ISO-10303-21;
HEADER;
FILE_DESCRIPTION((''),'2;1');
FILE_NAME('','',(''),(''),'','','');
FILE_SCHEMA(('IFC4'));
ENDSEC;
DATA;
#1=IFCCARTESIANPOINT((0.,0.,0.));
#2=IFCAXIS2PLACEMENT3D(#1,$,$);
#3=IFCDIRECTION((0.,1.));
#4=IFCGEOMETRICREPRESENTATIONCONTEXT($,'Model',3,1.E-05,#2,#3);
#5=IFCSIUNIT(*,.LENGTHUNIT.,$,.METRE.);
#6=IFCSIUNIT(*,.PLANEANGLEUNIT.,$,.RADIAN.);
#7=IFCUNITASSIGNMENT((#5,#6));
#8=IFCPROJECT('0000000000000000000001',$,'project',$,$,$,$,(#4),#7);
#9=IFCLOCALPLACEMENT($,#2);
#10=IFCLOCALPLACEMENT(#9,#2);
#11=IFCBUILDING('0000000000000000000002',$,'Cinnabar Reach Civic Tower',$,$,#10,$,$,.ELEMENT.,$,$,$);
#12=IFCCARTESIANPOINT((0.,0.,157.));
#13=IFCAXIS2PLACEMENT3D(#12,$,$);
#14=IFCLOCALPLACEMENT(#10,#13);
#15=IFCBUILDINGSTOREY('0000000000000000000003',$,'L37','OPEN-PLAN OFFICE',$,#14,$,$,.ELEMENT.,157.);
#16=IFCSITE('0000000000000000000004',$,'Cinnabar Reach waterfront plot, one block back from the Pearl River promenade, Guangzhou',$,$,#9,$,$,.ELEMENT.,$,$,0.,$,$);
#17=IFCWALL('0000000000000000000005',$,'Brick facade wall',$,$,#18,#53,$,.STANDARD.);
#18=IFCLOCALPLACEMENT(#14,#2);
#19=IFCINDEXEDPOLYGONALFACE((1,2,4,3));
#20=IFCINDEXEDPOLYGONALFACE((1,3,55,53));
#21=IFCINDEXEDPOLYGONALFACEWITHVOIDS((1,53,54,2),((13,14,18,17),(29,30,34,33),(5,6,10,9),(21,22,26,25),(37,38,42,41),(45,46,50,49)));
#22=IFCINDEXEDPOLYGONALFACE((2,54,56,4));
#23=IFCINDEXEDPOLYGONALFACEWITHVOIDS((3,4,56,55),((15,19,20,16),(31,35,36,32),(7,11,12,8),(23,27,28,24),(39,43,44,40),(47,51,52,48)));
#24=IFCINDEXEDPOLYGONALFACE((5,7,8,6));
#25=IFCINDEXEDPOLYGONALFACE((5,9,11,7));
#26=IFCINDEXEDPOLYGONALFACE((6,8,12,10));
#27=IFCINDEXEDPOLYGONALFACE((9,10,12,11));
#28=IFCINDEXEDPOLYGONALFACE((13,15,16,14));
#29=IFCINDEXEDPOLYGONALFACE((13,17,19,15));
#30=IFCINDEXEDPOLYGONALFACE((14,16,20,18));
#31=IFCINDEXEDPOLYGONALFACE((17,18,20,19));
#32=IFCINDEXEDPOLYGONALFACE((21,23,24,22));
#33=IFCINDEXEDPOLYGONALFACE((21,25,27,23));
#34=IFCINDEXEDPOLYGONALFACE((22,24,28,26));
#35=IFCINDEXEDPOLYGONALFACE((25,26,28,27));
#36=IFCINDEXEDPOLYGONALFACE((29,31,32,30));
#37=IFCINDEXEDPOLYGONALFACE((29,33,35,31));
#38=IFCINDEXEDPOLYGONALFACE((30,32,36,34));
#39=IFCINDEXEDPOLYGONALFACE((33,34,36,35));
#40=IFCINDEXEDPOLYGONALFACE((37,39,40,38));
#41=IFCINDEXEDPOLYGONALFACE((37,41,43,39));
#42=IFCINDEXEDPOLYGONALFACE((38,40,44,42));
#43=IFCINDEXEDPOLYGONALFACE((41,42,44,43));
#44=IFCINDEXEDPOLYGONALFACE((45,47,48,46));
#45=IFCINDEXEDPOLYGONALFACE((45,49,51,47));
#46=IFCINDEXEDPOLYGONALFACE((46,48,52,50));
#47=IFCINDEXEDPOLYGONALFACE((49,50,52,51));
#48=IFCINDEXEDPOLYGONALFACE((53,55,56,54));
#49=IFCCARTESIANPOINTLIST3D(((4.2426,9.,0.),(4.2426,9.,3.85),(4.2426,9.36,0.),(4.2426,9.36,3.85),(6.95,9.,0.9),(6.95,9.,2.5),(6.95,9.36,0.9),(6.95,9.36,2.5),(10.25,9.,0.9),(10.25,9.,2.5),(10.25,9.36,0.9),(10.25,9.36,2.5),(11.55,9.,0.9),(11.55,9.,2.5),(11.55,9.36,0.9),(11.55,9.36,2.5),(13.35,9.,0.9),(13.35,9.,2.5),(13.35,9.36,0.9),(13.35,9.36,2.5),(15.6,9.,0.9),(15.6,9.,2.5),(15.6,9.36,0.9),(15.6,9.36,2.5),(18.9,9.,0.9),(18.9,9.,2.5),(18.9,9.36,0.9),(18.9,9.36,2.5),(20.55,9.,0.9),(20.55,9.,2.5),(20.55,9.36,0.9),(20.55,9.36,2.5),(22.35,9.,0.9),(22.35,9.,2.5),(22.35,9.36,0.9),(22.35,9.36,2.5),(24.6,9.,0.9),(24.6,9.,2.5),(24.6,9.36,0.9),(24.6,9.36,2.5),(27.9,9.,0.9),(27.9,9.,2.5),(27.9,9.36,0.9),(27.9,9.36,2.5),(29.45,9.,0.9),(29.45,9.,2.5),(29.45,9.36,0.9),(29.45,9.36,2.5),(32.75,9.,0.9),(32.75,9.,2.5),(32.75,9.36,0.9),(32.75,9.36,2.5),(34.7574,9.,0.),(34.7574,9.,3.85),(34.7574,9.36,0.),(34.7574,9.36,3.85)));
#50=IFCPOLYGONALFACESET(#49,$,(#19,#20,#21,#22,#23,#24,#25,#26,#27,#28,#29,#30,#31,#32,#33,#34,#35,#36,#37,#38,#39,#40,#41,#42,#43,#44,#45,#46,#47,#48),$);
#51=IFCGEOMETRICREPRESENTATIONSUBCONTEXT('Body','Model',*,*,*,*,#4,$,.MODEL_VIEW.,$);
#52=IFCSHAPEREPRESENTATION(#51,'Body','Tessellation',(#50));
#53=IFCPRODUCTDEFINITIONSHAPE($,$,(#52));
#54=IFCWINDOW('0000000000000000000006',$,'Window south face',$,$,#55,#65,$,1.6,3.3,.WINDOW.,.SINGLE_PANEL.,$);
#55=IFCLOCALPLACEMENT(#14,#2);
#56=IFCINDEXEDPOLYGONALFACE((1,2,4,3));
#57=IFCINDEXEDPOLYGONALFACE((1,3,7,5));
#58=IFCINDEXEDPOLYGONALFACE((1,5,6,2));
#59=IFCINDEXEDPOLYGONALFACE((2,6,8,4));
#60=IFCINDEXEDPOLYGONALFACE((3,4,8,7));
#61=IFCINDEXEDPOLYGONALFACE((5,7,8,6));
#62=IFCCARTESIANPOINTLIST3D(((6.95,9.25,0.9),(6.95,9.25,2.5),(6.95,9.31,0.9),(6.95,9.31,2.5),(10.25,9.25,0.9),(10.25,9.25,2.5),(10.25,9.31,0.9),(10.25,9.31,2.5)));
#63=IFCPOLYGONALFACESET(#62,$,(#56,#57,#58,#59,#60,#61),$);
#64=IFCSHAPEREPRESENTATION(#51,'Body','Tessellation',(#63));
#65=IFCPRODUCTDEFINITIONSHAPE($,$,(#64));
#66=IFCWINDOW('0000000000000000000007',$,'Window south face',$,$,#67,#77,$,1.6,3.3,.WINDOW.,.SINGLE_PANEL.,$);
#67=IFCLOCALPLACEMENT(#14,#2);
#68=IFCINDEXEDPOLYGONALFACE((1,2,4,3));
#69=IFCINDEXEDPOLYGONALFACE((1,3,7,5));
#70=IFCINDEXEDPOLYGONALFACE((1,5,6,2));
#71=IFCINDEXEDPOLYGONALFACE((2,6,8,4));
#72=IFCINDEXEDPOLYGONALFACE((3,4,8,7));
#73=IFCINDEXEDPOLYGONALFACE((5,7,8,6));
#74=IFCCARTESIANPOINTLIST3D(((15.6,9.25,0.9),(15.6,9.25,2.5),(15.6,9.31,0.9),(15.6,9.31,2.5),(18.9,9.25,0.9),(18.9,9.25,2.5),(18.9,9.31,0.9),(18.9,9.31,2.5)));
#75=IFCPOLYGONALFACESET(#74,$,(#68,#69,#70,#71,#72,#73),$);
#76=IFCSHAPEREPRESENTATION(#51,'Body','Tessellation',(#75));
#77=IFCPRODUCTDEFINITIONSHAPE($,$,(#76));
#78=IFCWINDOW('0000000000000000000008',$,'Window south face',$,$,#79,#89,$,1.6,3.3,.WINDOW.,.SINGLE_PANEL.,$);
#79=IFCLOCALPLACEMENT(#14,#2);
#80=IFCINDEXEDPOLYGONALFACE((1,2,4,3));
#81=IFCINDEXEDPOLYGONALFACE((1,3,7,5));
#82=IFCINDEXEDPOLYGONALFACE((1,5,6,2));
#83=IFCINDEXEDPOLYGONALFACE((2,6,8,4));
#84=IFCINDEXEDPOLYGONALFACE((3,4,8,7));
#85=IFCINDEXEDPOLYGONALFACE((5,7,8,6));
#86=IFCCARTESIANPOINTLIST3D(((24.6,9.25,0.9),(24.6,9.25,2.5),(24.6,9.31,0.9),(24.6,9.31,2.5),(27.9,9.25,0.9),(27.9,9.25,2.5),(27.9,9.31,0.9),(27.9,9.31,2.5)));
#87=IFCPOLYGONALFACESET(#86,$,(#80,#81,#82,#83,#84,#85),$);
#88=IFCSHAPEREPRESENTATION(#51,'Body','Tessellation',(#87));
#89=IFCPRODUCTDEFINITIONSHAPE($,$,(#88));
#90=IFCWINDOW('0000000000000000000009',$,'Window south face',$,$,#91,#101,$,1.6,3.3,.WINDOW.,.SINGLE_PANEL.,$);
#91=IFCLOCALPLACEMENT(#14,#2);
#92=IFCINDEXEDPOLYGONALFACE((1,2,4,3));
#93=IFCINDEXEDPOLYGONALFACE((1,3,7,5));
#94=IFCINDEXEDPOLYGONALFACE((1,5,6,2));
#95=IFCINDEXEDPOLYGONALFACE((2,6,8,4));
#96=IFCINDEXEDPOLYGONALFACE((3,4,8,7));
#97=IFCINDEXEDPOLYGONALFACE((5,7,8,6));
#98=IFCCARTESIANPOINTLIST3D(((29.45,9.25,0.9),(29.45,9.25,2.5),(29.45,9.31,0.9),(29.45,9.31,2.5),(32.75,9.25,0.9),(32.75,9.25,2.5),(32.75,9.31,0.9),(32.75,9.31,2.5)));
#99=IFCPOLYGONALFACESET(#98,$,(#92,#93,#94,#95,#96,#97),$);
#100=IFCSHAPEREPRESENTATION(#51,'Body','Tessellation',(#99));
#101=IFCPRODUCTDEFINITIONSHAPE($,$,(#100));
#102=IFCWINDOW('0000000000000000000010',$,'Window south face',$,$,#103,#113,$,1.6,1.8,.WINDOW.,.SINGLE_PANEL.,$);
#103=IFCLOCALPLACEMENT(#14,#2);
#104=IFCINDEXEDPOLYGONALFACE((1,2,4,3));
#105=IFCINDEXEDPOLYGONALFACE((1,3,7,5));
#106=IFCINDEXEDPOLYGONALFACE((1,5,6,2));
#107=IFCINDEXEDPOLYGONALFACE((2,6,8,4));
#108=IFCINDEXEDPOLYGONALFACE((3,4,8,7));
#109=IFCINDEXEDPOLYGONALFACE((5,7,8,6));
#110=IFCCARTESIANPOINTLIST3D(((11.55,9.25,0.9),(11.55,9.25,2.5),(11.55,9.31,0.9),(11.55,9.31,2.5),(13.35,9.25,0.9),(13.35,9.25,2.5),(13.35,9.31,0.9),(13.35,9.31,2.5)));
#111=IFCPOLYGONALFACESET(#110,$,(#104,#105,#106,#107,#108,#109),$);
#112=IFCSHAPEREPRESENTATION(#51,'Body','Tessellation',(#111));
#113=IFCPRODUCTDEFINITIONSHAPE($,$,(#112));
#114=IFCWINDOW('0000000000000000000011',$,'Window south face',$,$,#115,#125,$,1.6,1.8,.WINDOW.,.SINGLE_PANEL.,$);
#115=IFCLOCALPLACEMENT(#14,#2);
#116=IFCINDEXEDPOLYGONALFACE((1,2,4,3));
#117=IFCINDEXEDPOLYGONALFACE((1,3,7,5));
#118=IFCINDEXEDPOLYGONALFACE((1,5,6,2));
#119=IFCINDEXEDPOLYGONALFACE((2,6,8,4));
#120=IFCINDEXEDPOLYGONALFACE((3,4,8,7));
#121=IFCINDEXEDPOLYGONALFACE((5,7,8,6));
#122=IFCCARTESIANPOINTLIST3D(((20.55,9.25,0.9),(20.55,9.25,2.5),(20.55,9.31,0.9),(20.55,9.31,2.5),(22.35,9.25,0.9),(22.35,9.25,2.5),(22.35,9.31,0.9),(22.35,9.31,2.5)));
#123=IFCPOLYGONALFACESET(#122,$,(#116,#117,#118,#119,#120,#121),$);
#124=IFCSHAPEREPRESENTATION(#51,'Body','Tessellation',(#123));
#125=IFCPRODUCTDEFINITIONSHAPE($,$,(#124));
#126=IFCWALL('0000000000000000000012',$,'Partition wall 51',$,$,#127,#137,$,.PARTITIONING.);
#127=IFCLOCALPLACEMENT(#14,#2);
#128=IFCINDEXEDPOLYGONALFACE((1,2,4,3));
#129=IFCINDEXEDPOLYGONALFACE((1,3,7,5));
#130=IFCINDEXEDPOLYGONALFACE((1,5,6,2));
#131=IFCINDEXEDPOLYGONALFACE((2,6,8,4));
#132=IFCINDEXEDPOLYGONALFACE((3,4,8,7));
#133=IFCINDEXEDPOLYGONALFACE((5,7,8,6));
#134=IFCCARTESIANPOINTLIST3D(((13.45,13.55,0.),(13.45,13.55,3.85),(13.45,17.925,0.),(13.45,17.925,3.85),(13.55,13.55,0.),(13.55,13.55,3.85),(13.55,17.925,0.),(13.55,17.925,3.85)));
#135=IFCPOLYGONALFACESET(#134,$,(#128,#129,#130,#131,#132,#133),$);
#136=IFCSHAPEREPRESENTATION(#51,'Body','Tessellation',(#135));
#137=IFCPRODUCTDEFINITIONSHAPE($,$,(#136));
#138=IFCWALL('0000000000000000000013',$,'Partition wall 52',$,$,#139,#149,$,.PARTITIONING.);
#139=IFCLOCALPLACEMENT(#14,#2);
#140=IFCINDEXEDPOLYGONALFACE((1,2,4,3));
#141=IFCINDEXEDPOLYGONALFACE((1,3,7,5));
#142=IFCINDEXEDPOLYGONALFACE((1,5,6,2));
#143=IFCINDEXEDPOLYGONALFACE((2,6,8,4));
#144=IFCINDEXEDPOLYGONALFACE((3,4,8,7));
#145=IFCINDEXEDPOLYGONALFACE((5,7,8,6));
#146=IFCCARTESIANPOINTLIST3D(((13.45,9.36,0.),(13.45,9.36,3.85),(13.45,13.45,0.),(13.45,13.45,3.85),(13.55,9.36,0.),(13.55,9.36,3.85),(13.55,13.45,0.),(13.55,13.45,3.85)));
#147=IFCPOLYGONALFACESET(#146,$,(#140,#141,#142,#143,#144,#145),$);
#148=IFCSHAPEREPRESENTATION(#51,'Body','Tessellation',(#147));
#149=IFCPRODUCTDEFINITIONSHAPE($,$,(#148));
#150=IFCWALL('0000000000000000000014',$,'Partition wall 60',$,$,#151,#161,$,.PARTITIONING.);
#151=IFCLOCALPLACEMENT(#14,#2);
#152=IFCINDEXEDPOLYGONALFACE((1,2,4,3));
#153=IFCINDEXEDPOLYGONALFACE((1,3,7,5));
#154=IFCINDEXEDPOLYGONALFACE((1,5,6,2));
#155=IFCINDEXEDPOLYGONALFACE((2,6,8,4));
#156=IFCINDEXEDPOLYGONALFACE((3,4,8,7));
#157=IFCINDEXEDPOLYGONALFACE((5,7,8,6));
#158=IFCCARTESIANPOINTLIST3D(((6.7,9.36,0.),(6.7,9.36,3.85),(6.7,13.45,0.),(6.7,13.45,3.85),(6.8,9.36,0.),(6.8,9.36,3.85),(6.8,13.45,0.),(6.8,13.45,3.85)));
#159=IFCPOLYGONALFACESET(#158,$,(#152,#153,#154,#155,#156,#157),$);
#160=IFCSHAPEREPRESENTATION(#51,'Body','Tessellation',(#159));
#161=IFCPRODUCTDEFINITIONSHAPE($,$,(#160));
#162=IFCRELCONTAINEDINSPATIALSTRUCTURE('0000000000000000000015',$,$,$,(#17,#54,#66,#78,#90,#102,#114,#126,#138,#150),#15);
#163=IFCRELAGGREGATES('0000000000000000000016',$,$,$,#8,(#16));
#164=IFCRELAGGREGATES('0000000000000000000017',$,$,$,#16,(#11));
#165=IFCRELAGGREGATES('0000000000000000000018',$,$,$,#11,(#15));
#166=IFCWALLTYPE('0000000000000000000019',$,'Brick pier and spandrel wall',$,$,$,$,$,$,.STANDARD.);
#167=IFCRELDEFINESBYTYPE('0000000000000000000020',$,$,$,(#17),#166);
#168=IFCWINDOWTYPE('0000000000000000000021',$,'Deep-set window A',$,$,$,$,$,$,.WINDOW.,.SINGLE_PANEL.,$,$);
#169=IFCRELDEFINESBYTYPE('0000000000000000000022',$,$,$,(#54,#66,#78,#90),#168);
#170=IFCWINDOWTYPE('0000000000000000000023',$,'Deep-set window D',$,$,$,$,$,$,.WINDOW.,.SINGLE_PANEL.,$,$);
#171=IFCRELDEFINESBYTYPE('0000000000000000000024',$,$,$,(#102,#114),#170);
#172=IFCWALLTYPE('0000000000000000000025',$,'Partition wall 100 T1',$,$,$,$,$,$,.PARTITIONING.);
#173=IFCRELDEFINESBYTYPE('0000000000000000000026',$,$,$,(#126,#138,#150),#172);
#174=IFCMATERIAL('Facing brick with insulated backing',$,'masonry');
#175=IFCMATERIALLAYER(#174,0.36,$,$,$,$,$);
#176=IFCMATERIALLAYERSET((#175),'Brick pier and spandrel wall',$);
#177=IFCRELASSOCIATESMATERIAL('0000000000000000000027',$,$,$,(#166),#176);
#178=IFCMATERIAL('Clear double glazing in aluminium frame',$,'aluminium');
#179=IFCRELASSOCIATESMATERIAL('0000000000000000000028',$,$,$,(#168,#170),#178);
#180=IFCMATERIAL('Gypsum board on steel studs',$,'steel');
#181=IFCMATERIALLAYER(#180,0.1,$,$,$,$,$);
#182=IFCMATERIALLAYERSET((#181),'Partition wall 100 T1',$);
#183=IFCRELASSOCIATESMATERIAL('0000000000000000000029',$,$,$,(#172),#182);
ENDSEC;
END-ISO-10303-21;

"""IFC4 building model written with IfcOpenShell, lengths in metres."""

from ifc_helpers import new_model, si_unit, direction, frame, frame_2d, origin, place, context, subcontext, project, spatial, rectangle, extrude, material, layer, layer_set, type_object, element, fill, save


model = new_model("IFC4")

# Units and contexts
model_context = context("Model", 3, precision=1e-05, world=origin(), true_north=direction((0.0, 1.0)))
body_context = subcontext(model_context, "Body", "Model", "MODEL_VIEW")
ifc_project = project(units=[si_unit("LENGTHUNIT", "METRE"), si_unit("PLANEANGLEUNIT", "RADIAN")], contexts=[model_context])

# Site, building, storey
site_placement = place(None, origin())
site = spatial("IfcSite", under=ifc_project, at=site_placement, Name="Cinnabar Reach waterfront plot, one block back from the Pearl River promenade, Guangzhou", CompositionType="ELEMENT", RefElevation=0.0)
building_placement = place(site_placement, origin())
building = spatial("IfcBuilding", under=site, at=building_placement, Name="Cinnabar Reach Civic Tower", CompositionType="ELEMENT")
storey_placement = place(building_placement, frame((0.0, 0.0, 157.0)))
storey = spatial("IfcBuildingStorey", under=building, at=storey_placement, Name="L37", Description="OPEN-PLAN OFFICE", CompositionType="ELEMENT", Elevation=157.0)

# Shared definitions
ifc_material_1 = material(Name="Facing brick with insulated backing", Category="masonry")

# Wall, openings, windows
ifc_layer_1 = layer(ifc_material_1, 0.36)
ifc_layer_set_1 = layer_set([ifc_layer_1], Name="Brick pier and spandrel wall")
wall_type_1 = type_object("IfcWallType", Name="Brick pier and spandrel wall", PredefinedType="STANDARD", material=ifc_layer_set_1)
wall_1_placement = place(storey_placement, frame((4.2426, 9.18, 0.0), z_axis=(0.0, 0.0, 1.0), x_axis=(1.0, 0.0, 0.0)))
wall_1 = element("IfcWall", 1, at=wall_1_placement, inside=storey, type_object=wall_type_1, Name="Brick facade wall", PredefinedType="STANDARD", context=body_context, shape_type="SweptSolid", body=[
    extrude(rectangle(XDim=30.5148, YDim=0.36, at=frame_2d((15.2574, 0.0))), origin(), (0.0, 0.0, 1.0), 3.85),
])
opening_1_placement = place(wall_1_placement, frame((2.7074, 0.0, 0.9)))
opening_1 = element("IfcOpeningElement", 2, at=opening_1_placement, cuts=wall_1, PredefinedType="OPENING", context=body_context, shape_type="SweptSolid", body=[
    extrude(rectangle(XDim=3.3, YDim=1.6, at=frame_2d((1.65, 0.8))), frame((0.0, 0.19, 0.0), z_axis=(0.0, -1.0, 0.0), x_axis=(1.0, 0.0, 0.0)), (0.0, 0.0, 1.0), 0.38),
])
opening_2_placement = place(wall_1_placement, frame((7.3074, 0.0, 0.9)))
opening_2 = element("IfcOpeningElement", 3, at=opening_2_placement, cuts=wall_1, PredefinedType="OPENING", context=body_context, shape_type="SweptSolid", body=[
    extrude(rectangle(XDim=1.8, YDim=1.6, at=frame_2d((0.9, 0.8))), frame((0.0, 0.19, 0.0), z_axis=(0.0, -1.0, 0.0), x_axis=(1.0, 0.0, 0.0)), (0.0, 0.0, 1.0), 0.38),
])
opening_3_placement = place(wall_1_placement, frame((11.3574, 0.0, 0.9)))
opening_3 = element("IfcOpeningElement", 4, at=opening_3_placement, cuts=wall_1, PredefinedType="OPENING", context=body_context, shape_type="SweptSolid", body=[
    extrude(rectangle(XDim=3.3, YDim=1.6, at=frame_2d((1.65, 0.8))), frame((0.0, 0.19, 0.0), z_axis=(0.0, -1.0, 0.0), x_axis=(1.0, 0.0, 0.0)), (0.0, 0.0, 1.0), 0.38),
])
opening_4_placement = place(wall_1_placement, frame((16.3074, 0.0, 0.9)))
opening_4 = element("IfcOpeningElement", 5, at=opening_4_placement, cuts=wall_1, PredefinedType="OPENING", context=body_context, shape_type="SweptSolid", body=[
    extrude(rectangle(XDim=1.8, YDim=1.6, at=frame_2d((0.9, 0.8))), frame((0.0, 0.19, 0.0), z_axis=(0.0, -1.0, 0.0), x_axis=(1.0, 0.0, 0.0)), (0.0, 0.0, 1.0), 0.38),
])
opening_5_placement = place(wall_1_placement, frame((20.3574, 0.0, 0.9)))
opening_5 = element("IfcOpeningElement", 6, at=opening_5_placement, cuts=wall_1, PredefinedType="OPENING", context=body_context, shape_type="SweptSolid", body=[
    extrude(rectangle(XDim=3.3, YDim=1.6, at=frame_2d((1.65, 0.8))), frame((0.0, 0.19, 0.0), z_axis=(0.0, -1.0, 0.0), x_axis=(1.0, 0.0, 0.0)), (0.0, 0.0, 1.0), 0.38),
])
opening_6_placement = place(wall_1_placement, frame((25.2074, 0.0, 0.9)))
opening_6 = element("IfcOpeningElement", 7, at=opening_6_placement, cuts=wall_1, PredefinedType="OPENING", context=body_context, shape_type="SweptSolid", body=[
    extrude(rectangle(XDim=3.3, YDim=1.6, at=frame_2d((1.65, 0.8))), frame((0.0, 0.19, 0.0), z_axis=(0.0, -1.0, 0.0), x_axis=(1.0, 0.0, 0.0)), (0.0, 0.0, 1.0), 0.38),
])
ifc_material_2 = material(Name="Clear double glazing in aluminium frame", Category="aluminium")
window_type_1 = type_object("IfcWindowType", Name="Deep-set window A", PartitioningType="SINGLE_PANEL", PredefinedType="WINDOW", material=ifc_material_2)
window_1_placement = place(opening_1_placement, origin())
window_1 = element("IfcWindow", 8, at=window_1_placement, inside=storey, type_object=window_type_1, Name="Window south face", OverallHeight=1.6, OverallWidth=3.3, PartitioningType="SINGLE_PANEL", PredefinedType="WINDOW", context=body_context, shape_type="SweptSolid", body=[
    extrude(rectangle(XDim=3.3, YDim=1.6, at=frame_2d((1.65, 0.8))), frame((0.0, 0.13, 0.0), z_axis=(0.0, -1.0, 0.0), x_axis=(1.0, 0.0, 0.0)), (0.0, 0.0, 1.0), 0.06),
])
fill(opening_1, window_1)
window_2_placement = place(opening_3_placement, origin())
window_2 = element("IfcWindow", 9, at=window_2_placement, inside=storey, type_object=window_type_1, Name="Window south face", OverallHeight=1.6, OverallWidth=3.3, PartitioningType="SINGLE_PANEL", PredefinedType="WINDOW", context=body_context, shape_type="SweptSolid", body=[
    extrude(rectangle(XDim=3.3, YDim=1.6, at=frame_2d((1.65, 0.8))), frame((0.0, 0.13, 0.0), z_axis=(0.0, -1.0, 0.0), x_axis=(1.0, 0.0, 0.0)), (0.0, 0.0, 1.0), 0.06),
])
fill(opening_3, window_2)
window_3_placement = place(opening_5_placement, origin())
window_3 = element("IfcWindow", 10, at=window_3_placement, inside=storey, type_object=window_type_1, Name="Window south face", OverallHeight=1.6, OverallWidth=3.3, PartitioningType="SINGLE_PANEL", PredefinedType="WINDOW", context=body_context, shape_type="SweptSolid", body=[
    extrude(rectangle(XDim=3.3, YDim=1.6, at=frame_2d((1.65, 0.8))), frame((0.0, 0.13, 0.0), z_axis=(0.0, -1.0, 0.0), x_axis=(1.0, 0.0, 0.0)), (0.0, 0.0, 1.0), 0.06),
])
fill(opening_5, window_3)
window_4_placement = place(opening_6_placement, origin())
window_4 = element("IfcWindow", 11, at=window_4_placement, inside=storey, type_object=window_type_1, Name="Window south face", OverallHeight=1.6, OverallWidth=3.3, PartitioningType="SINGLE_PANEL", PredefinedType="WINDOW", context=body_context, shape_type="SweptSolid", body=[
    extrude(rectangle(XDim=3.3, YDim=1.6, at=frame_2d((1.65, 0.8))), frame((0.0, 0.13, 0.0), z_axis=(0.0, -1.0, 0.0), x_axis=(1.0, 0.0, 0.0)), (0.0, 0.0, 1.0), 0.06),
])
fill(opening_6, window_4)
window_type_2 = type_object("IfcWindowType", Name="Deep-set window D", PartitioningType="SINGLE_PANEL", PredefinedType="WINDOW", material=ifc_material_2)
window_5_placement = place(opening_2_placement, origin())
window_5 = element("IfcWindow", 12, at=window_5_placement, inside=storey, type_object=window_type_2, Name="Window south face", OverallHeight=1.6, OverallWidth=1.8, PartitioningType="SINGLE_PANEL", PredefinedType="WINDOW", context=body_context, shape_type="SweptSolid", body=[
    extrude(rectangle(XDim=1.8, YDim=1.6, at=frame_2d((0.9, 0.8))), frame((0.0, 0.13, 0.0), z_axis=(0.0, -1.0, 0.0), x_axis=(1.0, 0.0, 0.0)), (0.0, 0.0, 1.0), 0.06),
])
fill(opening_2, window_5)
window_6_placement = place(opening_4_placement, origin())
window_6 = element("IfcWindow", 13, at=window_6_placement, inside=storey, type_object=window_type_2, Name="Window south face", OverallHeight=1.6, OverallWidth=1.8, PartitioningType="SINGLE_PANEL", PredefinedType="WINDOW", context=body_context, shape_type="SweptSolid", body=[
    extrude(rectangle(XDim=1.8, YDim=1.6, at=frame_2d((0.9, 0.8))), frame((0.0, 0.13, 0.0), z_axis=(0.0, -1.0, 0.0), x_axis=(1.0, 0.0, 0.0)), (0.0, 0.0, 1.0), 0.06),
])
fill(opening_4, window_6)

# Walls
ifc_material_3 = material(Name="Gypsum board on steel studs", Category="steel")
ifc_layer_2 = layer(ifc_material_3, 0.1)
ifc_layer_set_2 = layer_set([ifc_layer_2], Name="Partition wall 100 T1")
wall_type_2 = type_object("IfcWallType", Name="Partition wall 100 T1", PredefinedType="PARTITIONING", material=ifc_layer_set_2)
wall_2_placement = place(storey_placement, frame((13.5, 13.55, 0.0), z_axis=(0.0, 0.0, 1.0), x_axis=(0.0, 1.0, 0.0)))
element("IfcWall", 14, at=wall_2_placement, inside=storey, type_object=wall_type_2, Name="Partition wall 51", PredefinedType="PARTITIONING", context=body_context, shape_type="SweptSolid", body=[
    extrude(rectangle(XDim=4.375, YDim=0.1, at=frame_2d((2.1875, 0.0))), origin(), (0.0, 0.0, 1.0), 3.85),
])
for number, where, z_axis, x_axis, name in (
    (15, (13.5, 9.36, 0.0), (0.0, 0.0, 1.0), (0.0, 1.0, 0.0), "Partition wall 52"),
    (16, (6.75, 9.36, 0.0), (0.0, 0.0, 1.0), (0.0, 1.0, 0.0), "Partition wall 60"),
):
    element("IfcWall", number, at=place(storey_placement, frame(where, z_axis=z_axis, x_axis=x_axis)), inside=storey, type_object=wall_type_2, Name=name, PredefinedType="PARTITIONING", context=body_context, shape_type="SweptSolid", body=[
        extrude(rectangle(XDim=4.09, YDim=0.1, at=frame_2d((2.045, 0.0))), origin(), (0.0, 0.0, 1.0), 3.85),
    ])

save(model, "model.ifc")
